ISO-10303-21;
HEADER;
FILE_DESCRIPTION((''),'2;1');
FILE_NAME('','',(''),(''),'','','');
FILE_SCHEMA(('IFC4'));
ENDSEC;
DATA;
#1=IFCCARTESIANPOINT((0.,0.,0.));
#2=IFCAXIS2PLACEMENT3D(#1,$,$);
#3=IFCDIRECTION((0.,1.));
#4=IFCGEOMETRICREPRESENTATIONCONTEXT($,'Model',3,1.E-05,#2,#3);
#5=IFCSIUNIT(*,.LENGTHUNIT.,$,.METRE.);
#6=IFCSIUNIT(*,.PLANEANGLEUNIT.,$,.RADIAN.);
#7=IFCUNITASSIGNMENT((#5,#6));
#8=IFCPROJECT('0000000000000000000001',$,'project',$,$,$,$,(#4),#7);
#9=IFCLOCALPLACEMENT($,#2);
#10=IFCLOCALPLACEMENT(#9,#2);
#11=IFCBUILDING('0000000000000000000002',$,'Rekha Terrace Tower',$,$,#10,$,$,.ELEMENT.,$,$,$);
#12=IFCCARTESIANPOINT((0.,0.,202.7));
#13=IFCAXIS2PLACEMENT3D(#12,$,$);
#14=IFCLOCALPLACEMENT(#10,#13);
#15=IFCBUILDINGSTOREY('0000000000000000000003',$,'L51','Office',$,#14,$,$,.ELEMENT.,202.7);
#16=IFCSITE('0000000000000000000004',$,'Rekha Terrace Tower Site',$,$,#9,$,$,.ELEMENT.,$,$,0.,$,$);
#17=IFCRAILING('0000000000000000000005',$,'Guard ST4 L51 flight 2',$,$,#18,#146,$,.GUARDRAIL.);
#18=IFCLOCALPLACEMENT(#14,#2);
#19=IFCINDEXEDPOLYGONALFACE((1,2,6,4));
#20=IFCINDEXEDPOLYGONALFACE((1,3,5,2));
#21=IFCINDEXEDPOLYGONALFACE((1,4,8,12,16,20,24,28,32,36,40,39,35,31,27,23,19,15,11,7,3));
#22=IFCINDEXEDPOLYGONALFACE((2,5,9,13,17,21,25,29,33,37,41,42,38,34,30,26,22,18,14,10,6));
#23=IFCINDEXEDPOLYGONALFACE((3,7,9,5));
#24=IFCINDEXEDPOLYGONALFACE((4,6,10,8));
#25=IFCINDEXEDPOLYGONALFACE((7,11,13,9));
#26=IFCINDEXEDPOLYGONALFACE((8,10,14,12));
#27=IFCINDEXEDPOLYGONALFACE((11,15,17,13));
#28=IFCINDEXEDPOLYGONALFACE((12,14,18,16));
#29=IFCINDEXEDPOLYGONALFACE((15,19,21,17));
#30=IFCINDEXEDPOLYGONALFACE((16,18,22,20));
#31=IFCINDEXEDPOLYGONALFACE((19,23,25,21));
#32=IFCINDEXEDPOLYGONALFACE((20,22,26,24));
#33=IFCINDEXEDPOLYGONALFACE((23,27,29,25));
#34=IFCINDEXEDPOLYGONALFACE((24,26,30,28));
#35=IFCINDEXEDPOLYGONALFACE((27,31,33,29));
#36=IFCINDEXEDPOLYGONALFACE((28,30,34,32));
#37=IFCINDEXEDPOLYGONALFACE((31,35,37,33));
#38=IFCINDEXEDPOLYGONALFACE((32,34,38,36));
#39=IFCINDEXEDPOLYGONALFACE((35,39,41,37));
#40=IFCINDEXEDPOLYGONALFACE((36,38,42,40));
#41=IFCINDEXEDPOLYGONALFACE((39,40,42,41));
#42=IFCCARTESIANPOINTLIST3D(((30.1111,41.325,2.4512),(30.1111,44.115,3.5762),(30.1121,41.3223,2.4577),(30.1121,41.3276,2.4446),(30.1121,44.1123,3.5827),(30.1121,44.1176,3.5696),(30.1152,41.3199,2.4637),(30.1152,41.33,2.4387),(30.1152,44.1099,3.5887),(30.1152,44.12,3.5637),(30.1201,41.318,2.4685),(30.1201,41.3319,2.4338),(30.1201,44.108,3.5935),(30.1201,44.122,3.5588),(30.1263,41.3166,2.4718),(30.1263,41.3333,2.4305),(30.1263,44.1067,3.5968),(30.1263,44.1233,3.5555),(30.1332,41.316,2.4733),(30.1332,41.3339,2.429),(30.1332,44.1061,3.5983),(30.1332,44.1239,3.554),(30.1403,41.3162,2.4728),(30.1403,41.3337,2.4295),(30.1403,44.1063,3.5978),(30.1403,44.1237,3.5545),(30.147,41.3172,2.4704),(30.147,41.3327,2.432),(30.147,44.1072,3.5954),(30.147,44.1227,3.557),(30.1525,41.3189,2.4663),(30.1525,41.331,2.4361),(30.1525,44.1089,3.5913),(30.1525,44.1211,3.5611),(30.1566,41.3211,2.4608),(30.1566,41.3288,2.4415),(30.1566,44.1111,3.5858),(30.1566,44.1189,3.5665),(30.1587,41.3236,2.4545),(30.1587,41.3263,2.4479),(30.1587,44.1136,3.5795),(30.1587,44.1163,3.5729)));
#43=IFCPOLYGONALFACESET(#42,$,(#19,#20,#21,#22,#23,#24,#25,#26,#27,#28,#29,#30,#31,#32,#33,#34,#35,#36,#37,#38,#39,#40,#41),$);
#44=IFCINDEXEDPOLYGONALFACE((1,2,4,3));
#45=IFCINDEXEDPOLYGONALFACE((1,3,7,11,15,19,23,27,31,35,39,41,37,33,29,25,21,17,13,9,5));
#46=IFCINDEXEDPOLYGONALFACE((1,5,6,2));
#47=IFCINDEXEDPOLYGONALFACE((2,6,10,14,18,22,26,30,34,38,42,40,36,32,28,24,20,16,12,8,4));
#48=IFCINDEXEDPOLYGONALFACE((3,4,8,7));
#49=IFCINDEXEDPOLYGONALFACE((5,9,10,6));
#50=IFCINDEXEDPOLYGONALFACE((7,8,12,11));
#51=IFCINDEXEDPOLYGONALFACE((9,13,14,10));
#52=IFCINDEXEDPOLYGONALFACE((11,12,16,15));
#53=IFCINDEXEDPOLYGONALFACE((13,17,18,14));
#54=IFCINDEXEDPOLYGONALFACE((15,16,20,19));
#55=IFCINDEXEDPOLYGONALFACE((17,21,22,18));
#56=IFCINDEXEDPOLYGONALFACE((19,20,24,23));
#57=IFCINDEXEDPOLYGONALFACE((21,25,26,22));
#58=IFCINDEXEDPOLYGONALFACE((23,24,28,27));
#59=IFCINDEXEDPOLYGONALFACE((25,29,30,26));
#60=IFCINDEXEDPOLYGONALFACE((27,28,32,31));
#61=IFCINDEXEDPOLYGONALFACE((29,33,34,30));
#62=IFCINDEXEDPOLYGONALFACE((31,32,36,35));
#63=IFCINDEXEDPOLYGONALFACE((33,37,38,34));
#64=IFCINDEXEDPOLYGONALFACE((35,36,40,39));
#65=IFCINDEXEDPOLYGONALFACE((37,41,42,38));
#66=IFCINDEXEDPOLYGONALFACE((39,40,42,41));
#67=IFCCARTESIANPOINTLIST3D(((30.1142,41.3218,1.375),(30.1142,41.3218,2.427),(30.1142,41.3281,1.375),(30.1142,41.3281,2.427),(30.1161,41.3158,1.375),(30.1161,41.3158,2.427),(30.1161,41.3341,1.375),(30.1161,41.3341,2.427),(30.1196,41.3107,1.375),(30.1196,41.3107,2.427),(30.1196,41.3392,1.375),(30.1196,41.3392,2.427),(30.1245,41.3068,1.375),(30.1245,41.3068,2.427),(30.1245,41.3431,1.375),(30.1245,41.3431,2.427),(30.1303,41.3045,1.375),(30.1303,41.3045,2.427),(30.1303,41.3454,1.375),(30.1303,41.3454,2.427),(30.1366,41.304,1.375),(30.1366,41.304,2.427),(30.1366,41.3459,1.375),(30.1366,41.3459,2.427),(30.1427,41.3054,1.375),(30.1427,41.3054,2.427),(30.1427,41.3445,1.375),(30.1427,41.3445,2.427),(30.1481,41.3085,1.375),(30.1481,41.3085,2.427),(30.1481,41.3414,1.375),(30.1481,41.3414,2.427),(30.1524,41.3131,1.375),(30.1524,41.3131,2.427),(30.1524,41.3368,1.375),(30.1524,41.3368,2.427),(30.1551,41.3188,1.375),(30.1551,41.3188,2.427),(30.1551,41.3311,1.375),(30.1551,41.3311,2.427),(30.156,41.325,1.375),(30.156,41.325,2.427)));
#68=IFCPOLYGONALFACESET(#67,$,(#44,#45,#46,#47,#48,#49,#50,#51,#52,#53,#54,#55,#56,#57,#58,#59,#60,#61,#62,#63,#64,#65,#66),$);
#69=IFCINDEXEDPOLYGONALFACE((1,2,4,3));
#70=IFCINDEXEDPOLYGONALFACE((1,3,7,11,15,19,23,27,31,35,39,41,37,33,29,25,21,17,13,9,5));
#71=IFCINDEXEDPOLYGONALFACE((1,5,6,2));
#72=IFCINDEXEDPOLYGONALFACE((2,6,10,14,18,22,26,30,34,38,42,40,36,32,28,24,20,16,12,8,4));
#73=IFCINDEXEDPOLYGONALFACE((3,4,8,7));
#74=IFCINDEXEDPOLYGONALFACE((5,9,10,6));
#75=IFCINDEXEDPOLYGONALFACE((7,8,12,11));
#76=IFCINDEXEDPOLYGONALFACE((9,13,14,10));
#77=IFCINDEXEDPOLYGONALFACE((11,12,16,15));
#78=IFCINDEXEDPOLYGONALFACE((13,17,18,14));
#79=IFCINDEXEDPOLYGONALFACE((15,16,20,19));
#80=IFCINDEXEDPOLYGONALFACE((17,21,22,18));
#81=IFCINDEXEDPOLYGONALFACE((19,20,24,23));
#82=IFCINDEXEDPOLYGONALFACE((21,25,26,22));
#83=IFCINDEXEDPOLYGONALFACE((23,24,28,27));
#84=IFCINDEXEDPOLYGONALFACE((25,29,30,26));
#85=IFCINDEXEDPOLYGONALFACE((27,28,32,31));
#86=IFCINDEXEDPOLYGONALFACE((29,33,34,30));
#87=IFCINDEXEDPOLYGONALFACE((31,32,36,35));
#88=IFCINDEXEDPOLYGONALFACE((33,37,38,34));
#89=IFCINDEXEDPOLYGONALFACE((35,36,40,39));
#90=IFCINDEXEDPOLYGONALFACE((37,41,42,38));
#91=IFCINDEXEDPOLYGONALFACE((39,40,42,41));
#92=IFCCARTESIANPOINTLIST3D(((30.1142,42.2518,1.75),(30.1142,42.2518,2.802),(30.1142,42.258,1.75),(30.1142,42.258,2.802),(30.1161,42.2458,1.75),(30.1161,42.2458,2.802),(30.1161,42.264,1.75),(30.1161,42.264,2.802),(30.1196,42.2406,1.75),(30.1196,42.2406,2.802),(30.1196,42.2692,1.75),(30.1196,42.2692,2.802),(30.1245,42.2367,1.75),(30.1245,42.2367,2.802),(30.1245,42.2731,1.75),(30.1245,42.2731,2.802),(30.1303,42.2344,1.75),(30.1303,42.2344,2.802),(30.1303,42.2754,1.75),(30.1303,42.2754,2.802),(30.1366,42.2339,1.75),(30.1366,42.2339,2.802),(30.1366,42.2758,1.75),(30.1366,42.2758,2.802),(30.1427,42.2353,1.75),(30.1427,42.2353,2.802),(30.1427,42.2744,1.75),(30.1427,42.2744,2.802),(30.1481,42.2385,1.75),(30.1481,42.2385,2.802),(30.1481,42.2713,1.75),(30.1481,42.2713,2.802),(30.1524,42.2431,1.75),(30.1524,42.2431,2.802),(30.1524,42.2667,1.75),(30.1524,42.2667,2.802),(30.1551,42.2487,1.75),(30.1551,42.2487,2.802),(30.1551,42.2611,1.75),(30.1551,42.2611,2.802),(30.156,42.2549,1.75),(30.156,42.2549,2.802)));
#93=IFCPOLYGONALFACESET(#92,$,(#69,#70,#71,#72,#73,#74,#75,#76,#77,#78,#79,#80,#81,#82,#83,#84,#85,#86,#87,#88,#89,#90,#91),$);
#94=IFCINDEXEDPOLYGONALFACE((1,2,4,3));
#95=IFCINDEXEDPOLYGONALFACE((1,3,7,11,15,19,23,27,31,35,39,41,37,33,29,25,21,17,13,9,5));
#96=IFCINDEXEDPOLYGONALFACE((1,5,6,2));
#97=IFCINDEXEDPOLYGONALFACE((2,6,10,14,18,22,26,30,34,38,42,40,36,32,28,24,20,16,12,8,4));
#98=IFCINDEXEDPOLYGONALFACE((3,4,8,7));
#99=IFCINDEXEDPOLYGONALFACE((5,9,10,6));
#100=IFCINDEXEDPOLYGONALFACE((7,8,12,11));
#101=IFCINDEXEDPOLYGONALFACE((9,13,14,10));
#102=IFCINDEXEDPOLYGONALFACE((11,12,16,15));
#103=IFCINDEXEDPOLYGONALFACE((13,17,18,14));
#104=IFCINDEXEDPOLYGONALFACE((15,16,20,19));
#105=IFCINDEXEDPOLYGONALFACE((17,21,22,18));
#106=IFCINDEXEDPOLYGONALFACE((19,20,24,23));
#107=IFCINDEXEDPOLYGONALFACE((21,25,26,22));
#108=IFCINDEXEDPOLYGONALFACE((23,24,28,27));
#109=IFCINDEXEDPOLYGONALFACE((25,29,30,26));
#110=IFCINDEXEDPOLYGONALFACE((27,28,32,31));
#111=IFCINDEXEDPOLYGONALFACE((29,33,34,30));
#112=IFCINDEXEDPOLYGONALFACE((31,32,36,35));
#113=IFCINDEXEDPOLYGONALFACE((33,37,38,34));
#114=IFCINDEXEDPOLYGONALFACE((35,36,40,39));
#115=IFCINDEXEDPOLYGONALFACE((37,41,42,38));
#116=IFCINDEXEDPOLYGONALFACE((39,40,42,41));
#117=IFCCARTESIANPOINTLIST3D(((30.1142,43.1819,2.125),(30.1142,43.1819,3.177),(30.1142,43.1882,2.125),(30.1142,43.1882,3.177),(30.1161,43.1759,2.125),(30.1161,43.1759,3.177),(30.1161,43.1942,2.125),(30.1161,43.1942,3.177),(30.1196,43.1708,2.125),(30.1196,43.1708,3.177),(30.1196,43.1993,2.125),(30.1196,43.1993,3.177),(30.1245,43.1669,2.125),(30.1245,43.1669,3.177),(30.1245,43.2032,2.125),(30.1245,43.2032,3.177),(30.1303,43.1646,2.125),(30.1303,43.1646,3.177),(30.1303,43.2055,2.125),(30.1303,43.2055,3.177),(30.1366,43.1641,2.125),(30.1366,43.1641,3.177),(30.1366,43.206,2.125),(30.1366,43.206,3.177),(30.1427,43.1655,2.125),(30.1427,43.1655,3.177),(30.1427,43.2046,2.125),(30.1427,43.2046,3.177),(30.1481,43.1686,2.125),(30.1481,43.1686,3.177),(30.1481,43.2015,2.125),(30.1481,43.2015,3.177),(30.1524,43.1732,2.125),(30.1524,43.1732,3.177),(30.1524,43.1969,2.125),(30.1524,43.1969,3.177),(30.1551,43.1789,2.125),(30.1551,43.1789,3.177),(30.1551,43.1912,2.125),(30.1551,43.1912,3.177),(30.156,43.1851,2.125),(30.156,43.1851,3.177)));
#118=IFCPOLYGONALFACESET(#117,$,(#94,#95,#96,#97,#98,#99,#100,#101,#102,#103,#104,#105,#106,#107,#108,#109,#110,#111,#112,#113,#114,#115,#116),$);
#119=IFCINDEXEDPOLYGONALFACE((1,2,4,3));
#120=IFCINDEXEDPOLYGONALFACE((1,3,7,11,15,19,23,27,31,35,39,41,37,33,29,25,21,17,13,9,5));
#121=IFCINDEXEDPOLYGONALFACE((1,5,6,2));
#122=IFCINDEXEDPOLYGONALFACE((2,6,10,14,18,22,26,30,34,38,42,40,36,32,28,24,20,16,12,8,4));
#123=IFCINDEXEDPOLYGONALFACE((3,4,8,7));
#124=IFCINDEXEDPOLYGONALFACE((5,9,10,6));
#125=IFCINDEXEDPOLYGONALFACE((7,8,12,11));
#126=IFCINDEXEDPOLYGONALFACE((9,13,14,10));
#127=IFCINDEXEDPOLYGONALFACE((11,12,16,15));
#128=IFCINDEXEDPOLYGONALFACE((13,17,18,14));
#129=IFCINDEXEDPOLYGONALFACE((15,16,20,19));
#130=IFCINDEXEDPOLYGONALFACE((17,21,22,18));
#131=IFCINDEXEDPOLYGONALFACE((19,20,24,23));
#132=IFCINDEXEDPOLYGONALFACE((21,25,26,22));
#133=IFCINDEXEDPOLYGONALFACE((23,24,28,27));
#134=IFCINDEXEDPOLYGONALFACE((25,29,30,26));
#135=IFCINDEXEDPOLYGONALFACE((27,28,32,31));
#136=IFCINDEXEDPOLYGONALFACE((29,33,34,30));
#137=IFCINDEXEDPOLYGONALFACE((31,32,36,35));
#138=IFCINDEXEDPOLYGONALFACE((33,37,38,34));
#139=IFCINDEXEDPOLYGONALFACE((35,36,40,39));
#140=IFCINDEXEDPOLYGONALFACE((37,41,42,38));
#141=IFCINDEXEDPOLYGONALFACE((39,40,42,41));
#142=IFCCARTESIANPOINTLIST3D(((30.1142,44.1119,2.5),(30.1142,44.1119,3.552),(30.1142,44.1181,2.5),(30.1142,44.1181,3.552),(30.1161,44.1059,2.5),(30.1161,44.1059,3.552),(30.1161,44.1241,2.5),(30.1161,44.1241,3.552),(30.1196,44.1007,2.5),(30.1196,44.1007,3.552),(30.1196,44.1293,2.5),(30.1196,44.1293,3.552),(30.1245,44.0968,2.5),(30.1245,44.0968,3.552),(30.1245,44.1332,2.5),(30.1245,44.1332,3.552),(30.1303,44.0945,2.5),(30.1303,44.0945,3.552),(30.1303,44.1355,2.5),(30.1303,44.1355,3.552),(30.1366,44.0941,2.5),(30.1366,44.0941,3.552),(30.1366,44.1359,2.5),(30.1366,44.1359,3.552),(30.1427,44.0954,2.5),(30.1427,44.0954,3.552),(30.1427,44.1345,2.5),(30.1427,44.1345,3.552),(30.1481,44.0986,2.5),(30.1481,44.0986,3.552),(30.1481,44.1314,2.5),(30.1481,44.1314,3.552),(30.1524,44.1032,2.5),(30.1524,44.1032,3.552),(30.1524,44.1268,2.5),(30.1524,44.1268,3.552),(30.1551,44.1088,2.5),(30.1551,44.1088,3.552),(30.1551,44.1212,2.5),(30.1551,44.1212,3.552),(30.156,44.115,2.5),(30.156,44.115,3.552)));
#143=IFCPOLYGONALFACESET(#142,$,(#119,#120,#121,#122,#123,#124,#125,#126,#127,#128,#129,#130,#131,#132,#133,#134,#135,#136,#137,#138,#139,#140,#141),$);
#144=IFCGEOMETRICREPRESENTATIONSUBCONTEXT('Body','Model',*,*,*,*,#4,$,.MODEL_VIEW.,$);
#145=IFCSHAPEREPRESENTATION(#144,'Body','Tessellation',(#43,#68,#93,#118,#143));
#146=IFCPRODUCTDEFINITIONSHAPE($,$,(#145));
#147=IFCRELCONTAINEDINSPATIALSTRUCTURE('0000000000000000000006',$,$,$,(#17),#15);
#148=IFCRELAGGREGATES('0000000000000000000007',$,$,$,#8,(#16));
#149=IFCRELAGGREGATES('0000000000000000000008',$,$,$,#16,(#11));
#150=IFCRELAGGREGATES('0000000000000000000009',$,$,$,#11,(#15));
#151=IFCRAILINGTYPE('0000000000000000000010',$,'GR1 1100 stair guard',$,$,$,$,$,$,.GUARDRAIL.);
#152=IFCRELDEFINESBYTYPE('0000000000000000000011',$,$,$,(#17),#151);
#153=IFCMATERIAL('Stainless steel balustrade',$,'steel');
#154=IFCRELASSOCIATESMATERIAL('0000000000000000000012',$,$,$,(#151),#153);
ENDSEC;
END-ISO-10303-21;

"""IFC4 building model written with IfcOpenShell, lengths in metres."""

from ifc_helpers import new_model, si_unit, direction, frame, origin, origin_2d, place, context, subcontext, project, spatial, circle, extrude, material, type_object, element, save


model = new_model("IFC4")

# Units and contexts
model_context = context("Model", 3, precision=1e-05, world=origin(), true_north=direction((0.0, 1.0)))
body_context = subcontext(model_context, "Body", "Model", "MODEL_VIEW")
ifc_project = project(units=[si_unit("LENGTHUNIT", "METRE"), si_unit("PLANEANGLEUNIT", "RADIAN")], contexts=[model_context])

# Site, building, storey
site_placement = place(None, origin())
site = spatial("IfcSite", under=ifc_project, at=site_placement, Name="Rekha Terrace Tower Site", CompositionType="ELEMENT", RefElevation=0.0)
building_placement = place(site_placement, origin())
building = spatial("IfcBuilding", under=site, at=building_placement, Name="Rekha Terrace Tower", CompositionType="ELEMENT")
storey_placement = place(building_placement, frame((0.0, 0.0, 202.7)))
storey = spatial("IfcBuildingStorey", under=building, at=storey_placement, Name="L51", Description="Office", CompositionType="ELEMENT", Elevation=202.7)

# Railing
ifc_material_1 = material(Name="Stainless steel balustrade", Category="steel")
railing_type_1 = type_object("IfcRailingType", Name="GR1 1100 stair guard", PredefinedType="GUARDRAIL", material=ifc_material_1)
railing_1_placement = place(storey_placement, frame((30.135, 41.325, 1.375)))
element("IfcRailing", 1, at=railing_1_placement, inside=storey, type_object=railing_type_1, Name="Guard ST4 L51 flight 2", PredefinedType="GUARDRAIL", context=body_context, shape_type="SweptSolid", body=[
    extrude(circle(Radius=0.0239, at=origin_2d()), frame((0.0, 0.0, 1.0762), z_axis=(0.0, 0.927443, 0.373964), x_axis=(-1.0, 0.0, 0.0)), (0.0, 0.0, 1.0), 3.0083),
    extrude(circle(Radius=0.021, at=origin_2d()), origin(), (0.0, 0.0, 1.0), 1.052),
    extrude(circle(Radius=0.021, at=origin_2d()), frame((0.0, 0.9299, 0.375)), (0.0, 0.0, 1.0), 1.052),
    extrude(circle(Radius=0.021, at=origin_2d()), frame((0.0, 1.8601, 0.75)), (0.0, 0.0, 1.0), 1.052),
    extrude(circle(Radius=0.021, at=origin_2d()), frame((0.0, 2.79, 1.125)), (0.0, 0.0, 1.0), 1.052),
])

save(model, "model.ifc")
